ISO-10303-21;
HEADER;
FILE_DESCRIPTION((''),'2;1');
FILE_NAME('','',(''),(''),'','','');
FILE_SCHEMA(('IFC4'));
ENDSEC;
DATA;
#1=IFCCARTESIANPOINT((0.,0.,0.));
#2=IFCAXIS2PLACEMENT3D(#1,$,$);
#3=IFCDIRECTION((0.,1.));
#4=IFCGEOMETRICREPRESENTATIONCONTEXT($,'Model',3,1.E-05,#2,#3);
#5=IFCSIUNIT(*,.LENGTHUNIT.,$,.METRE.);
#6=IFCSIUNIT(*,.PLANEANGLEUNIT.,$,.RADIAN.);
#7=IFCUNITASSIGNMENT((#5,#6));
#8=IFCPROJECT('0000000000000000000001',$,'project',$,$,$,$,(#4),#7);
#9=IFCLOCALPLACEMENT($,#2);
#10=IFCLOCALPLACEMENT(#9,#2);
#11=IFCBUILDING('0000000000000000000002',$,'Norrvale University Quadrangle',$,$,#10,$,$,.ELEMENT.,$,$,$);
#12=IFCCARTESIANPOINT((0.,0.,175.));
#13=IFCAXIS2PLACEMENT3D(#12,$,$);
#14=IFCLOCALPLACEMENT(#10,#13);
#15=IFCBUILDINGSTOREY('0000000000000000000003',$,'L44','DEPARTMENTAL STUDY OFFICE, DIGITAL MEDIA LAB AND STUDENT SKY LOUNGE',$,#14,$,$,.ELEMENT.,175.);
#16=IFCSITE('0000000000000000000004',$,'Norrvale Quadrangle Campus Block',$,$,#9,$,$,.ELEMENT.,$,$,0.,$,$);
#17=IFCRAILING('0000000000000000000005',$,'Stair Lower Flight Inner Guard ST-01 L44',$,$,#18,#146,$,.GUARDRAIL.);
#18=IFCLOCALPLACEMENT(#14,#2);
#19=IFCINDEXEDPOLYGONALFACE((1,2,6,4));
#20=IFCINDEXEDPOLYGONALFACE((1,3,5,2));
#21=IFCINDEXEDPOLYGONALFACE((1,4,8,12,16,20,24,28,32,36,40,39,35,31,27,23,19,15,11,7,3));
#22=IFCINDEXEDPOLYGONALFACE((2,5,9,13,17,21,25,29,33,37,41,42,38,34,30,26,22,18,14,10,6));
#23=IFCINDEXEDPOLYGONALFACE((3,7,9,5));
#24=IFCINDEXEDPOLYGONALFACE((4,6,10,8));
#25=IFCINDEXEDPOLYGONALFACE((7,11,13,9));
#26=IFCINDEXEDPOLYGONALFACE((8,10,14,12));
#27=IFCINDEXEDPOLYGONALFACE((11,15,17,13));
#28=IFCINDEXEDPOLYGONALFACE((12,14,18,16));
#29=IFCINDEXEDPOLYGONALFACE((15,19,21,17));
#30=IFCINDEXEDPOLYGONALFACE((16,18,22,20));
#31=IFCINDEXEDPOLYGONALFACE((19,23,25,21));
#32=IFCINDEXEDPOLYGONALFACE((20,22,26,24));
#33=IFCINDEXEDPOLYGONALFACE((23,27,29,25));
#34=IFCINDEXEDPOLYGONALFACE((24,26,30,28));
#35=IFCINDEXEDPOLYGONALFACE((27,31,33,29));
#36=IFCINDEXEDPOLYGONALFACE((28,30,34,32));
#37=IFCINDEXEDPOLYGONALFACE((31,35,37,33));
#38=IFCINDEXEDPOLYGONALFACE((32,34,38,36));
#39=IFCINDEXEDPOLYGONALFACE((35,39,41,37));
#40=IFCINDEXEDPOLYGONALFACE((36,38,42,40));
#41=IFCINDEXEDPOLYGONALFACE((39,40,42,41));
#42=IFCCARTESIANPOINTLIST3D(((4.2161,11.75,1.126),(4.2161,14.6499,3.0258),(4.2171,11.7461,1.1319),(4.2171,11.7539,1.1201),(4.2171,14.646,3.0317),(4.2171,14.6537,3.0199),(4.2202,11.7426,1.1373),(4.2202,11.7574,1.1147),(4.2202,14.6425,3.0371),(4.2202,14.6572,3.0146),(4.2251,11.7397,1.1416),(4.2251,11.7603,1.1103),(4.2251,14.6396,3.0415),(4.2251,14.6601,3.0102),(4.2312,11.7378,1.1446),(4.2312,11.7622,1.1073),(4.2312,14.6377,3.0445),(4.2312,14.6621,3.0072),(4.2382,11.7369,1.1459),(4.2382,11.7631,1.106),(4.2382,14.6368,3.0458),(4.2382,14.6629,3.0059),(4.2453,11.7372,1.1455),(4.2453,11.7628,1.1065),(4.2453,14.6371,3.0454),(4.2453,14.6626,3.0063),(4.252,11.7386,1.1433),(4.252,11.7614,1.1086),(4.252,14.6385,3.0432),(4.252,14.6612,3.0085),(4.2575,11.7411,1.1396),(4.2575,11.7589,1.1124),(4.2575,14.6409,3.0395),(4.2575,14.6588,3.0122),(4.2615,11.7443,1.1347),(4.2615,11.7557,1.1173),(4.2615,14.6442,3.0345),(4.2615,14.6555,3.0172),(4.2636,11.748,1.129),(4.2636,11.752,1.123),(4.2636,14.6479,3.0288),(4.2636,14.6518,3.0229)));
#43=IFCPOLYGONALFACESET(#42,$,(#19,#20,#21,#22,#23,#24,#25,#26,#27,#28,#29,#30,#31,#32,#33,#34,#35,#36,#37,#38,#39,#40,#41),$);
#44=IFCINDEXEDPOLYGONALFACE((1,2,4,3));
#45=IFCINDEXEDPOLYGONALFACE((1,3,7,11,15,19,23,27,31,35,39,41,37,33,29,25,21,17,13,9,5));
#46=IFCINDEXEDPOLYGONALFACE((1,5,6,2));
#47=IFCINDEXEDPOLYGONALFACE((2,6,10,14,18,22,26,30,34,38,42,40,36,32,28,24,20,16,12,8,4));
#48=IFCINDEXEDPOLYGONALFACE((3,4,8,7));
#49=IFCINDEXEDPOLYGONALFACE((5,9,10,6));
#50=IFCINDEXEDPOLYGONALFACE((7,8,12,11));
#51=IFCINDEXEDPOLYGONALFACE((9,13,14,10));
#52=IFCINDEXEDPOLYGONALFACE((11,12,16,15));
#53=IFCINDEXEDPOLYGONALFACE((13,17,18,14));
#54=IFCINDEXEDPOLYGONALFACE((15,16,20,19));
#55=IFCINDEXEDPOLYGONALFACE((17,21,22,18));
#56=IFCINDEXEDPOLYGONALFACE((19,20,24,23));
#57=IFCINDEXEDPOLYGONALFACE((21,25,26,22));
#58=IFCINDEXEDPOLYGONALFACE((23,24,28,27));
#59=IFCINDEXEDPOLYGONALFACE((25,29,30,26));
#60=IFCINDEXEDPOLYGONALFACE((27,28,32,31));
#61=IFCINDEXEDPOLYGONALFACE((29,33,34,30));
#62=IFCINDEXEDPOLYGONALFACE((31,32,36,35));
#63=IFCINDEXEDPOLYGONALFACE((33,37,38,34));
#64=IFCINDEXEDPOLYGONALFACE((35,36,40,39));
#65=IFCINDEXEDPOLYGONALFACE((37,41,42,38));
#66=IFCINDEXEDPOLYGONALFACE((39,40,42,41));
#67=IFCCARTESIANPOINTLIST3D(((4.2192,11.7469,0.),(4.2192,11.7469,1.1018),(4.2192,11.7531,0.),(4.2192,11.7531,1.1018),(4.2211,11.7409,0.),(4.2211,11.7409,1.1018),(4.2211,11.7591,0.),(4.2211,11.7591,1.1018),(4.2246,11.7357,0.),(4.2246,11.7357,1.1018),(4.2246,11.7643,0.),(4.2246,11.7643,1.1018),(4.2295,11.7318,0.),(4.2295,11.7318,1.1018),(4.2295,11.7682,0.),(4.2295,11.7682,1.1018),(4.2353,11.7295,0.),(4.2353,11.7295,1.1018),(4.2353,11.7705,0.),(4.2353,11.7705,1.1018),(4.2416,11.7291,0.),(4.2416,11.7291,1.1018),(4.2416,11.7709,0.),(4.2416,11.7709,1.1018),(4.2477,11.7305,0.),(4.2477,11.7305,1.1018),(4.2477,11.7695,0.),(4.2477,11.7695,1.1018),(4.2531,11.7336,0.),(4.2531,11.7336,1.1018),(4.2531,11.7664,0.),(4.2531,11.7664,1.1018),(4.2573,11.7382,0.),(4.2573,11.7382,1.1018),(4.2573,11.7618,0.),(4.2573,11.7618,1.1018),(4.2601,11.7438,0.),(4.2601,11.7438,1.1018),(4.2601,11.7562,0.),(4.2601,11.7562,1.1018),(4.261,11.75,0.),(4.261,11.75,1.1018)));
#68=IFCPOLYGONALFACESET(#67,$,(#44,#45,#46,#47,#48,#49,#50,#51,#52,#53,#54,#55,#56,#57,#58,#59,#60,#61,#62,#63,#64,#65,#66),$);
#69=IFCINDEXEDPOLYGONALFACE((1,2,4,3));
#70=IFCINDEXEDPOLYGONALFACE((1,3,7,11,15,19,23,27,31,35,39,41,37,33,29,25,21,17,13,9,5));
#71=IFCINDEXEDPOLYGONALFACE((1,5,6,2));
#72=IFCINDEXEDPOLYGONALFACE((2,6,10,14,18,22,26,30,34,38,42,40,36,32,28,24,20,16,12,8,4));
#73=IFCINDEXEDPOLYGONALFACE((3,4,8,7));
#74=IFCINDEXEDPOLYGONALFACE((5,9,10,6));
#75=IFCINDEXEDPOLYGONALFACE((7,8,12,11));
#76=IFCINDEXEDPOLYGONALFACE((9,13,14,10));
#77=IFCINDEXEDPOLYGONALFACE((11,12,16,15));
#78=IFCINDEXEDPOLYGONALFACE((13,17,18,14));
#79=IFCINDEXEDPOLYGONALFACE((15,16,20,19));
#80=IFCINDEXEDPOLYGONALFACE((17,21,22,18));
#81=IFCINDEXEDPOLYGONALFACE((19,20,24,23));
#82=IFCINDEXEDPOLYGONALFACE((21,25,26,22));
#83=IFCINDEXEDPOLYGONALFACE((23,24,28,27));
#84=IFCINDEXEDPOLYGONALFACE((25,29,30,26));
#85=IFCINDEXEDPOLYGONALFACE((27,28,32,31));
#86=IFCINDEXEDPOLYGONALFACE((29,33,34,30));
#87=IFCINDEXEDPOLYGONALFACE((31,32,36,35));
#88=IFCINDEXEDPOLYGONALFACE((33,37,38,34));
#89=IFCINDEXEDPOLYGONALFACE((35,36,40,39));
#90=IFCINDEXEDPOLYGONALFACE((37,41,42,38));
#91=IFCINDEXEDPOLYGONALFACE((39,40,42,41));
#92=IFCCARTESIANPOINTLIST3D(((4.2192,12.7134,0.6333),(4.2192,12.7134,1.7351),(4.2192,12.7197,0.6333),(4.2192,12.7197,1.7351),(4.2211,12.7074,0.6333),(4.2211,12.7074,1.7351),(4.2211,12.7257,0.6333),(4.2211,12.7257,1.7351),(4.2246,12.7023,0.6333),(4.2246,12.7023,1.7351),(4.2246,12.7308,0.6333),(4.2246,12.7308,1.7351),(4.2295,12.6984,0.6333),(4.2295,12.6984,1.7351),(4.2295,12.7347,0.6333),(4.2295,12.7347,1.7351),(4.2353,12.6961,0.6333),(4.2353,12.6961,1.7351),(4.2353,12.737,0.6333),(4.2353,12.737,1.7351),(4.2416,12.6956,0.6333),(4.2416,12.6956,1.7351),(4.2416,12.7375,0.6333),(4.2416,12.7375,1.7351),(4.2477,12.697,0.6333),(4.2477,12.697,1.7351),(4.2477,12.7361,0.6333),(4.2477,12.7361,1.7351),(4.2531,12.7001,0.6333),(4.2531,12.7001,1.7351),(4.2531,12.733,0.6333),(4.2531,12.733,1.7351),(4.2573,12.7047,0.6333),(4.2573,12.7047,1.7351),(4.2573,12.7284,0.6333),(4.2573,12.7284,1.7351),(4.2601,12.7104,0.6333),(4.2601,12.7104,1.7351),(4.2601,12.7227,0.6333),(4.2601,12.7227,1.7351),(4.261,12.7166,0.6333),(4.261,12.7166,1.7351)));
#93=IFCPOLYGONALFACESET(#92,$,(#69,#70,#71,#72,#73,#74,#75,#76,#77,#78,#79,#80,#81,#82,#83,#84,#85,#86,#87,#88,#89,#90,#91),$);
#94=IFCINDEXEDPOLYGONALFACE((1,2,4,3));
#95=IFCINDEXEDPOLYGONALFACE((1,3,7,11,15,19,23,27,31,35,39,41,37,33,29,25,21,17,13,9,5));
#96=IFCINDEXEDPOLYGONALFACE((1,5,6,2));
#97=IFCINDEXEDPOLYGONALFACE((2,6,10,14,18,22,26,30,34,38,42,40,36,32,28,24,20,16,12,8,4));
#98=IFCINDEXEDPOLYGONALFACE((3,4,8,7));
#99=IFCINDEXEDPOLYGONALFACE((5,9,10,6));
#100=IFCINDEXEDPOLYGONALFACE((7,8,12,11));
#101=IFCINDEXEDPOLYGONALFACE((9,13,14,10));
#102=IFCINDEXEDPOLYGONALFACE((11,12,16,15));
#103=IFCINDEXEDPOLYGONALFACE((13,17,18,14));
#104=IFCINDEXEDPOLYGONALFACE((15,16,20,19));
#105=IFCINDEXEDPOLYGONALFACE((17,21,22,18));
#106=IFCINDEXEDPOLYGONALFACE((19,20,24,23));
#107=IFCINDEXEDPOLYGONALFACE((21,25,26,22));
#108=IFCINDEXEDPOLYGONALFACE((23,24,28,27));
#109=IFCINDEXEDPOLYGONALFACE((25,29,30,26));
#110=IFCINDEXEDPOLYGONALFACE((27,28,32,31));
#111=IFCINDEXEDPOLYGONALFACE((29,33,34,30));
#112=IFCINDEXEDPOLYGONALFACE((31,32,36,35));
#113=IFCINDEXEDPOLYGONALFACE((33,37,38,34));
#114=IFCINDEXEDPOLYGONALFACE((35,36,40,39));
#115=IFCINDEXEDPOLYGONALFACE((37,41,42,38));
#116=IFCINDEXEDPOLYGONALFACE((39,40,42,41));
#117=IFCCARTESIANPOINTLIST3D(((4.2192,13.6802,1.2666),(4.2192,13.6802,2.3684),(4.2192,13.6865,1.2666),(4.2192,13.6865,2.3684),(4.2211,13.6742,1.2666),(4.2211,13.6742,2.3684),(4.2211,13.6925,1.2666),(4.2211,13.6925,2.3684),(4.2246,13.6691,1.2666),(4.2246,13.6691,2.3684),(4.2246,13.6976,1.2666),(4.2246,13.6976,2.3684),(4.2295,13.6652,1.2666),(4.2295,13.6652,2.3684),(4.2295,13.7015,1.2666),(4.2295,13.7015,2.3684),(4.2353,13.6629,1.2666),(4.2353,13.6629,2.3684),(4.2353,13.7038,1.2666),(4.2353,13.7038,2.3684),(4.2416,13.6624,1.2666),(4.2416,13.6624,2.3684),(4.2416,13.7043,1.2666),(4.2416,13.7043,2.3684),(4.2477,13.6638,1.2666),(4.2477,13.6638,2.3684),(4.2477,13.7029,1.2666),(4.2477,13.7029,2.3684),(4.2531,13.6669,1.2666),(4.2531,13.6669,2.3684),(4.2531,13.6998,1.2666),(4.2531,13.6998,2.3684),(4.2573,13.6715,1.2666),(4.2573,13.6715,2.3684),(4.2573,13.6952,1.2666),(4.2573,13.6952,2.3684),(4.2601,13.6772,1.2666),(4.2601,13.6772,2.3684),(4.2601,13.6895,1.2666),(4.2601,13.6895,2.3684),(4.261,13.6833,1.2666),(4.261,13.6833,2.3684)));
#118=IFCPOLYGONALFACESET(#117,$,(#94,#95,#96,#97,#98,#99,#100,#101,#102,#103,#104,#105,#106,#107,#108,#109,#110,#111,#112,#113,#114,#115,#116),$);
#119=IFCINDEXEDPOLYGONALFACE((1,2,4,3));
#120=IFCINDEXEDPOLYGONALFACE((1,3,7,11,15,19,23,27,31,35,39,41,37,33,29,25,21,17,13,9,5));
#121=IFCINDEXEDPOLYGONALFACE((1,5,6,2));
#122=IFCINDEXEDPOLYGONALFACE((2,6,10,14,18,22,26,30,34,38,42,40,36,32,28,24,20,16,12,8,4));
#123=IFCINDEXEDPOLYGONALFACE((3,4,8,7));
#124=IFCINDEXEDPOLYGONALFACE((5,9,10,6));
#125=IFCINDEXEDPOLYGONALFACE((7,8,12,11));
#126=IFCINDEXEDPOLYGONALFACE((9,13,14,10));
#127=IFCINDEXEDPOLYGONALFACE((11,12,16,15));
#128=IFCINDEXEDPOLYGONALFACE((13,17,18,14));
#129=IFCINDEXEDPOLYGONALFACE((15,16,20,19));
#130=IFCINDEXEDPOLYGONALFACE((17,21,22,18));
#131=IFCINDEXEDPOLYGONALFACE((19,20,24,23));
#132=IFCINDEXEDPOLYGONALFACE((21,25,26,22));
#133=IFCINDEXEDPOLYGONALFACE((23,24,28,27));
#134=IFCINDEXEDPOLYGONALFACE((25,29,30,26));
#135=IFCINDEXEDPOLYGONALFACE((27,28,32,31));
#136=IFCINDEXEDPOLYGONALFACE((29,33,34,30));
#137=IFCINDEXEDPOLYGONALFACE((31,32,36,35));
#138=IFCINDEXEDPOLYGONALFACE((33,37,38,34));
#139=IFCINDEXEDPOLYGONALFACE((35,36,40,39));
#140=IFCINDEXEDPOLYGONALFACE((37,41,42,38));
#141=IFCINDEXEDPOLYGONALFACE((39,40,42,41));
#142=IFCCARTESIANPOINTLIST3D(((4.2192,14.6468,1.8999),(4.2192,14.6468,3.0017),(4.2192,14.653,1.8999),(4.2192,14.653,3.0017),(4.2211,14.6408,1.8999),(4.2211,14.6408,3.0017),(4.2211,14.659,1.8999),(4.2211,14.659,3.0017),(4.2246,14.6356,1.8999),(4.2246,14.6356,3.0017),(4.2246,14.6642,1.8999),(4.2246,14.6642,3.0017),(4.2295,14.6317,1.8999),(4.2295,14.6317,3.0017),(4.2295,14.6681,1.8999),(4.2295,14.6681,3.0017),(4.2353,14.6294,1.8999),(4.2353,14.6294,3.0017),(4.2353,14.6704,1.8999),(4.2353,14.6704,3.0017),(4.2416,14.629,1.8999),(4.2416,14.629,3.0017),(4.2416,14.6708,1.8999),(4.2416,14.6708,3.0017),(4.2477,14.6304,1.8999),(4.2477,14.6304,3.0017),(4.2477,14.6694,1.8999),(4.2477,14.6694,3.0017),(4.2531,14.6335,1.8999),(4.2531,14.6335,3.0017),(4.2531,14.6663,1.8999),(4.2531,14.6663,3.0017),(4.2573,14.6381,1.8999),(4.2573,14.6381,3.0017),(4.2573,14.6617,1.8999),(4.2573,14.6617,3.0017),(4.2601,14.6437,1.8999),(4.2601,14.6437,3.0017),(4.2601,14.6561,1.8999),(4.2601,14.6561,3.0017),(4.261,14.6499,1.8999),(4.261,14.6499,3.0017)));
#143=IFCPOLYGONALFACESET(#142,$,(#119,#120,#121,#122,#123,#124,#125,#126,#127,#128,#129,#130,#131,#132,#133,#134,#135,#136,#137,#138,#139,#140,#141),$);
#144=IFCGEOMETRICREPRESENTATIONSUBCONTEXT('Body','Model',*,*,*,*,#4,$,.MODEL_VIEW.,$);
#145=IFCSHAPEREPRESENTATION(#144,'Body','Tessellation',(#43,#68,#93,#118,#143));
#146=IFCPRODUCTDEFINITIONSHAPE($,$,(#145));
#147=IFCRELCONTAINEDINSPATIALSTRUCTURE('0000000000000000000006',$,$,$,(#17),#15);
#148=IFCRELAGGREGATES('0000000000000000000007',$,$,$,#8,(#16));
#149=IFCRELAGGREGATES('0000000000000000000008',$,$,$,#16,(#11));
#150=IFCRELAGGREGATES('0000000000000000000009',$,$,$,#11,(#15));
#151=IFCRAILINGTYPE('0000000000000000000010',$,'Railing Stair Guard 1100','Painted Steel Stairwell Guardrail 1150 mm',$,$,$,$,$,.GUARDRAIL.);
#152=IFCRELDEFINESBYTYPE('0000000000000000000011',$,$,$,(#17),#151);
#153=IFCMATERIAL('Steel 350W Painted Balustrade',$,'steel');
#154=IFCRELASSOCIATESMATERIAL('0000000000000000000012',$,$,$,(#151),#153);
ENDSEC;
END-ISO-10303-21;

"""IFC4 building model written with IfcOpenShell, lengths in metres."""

from ifc_helpers import new_model, si_unit, direction, frame, origin, origin_2d, place, context, subcontext, project, spatial, circle, extrude, material, type_object, element, save


model = new_model("IFC4")

# Units and contexts
model_context = context("Model", 3, precision=1e-05, world=origin(), true_north=direction((0.0, 1.0)))
body_context = subcontext(model_context, "Body", "Model", "MODEL_VIEW")
ifc_project = project(units=[si_unit("LENGTHUNIT", "METRE"), si_unit("PLANEANGLEUNIT", "RADIAN")], contexts=[model_context])

# Site, building, storey
site_placement = place(None, origin())
site = spatial("IfcSite", under=ifc_project, at=site_placement, Name="Norrvale Quadrangle Campus Block", CompositionType="ELEMENT", RefElevation=0.0)
building_placement = place(site_placement, origin())
building = spatial("IfcBuilding", under=site, at=building_placement, Name="Norrvale University Quadrangle", CompositionType="ELEMENT")
storey_placement = place(building_placement, frame((0.0, 0.0, 175.0)))
storey = spatial("IfcBuildingStorey", under=building, at=storey_placement, Name="L44", Description="DEPARTMENTAL STUDY OFFICE, DIGITAL MEDIA LAB AND STUDENT SKY LOUNGE", CompositionType="ELEMENT", Elevation=175.0)

# Railing
ifc_material_1 = material(Name="Steel 350W Painted Balustrade", Category="steel")
railing_type_1 = type_object("IfcRailingType", Name="Railing Stair Guard 1100", Description="Painted Steel Stairwell Guardrail 1150 mm", PredefinedType="GUARDRAIL", material=ifc_material_1)
railing_1_placement = place(storey_placement, frame((4.24, 11.75, 0.0)))
element("IfcRailing", 1, at=railing_1_placement, inside=storey, type_object=railing_type_1, Name="Stair Lower Flight Inner Guard ST-01 L44", PredefinedType="GUARDRAIL", context=body_context, shape_type="SweptSolid", body=[
    extrude(circle(Radius=0.0239, at=origin_2d()), frame((0.0, 0.0, 1.126), z_axis=(0.0, 0.836466, 0.548019), x_axis=(-1.0, 0.0, 0.0)), (0.0, 0.0, 1.0), 3.4668),
    extrude(circle(Radius=0.021, at=origin_2d()), origin(), (0.0, 0.0, 1.0), 1.1018),
    extrude(circle(Radius=0.021, at=origin_2d()), frame((0.0, 0.9666, 0.6333)), (0.0, 0.0, 1.0), 1.1018),
    extrude(circle(Radius=0.021, at=origin_2d()), frame((0.0, 1.9333, 1.2666)), (0.0, 0.0, 1.0), 1.1018),
    extrude(circle(Radius=0.021, at=origin_2d()), frame((0.0, 2.8999, 1.8999)), (0.0, 0.0, 1.0), 1.1018),
])

save(model, "model.ifc")
